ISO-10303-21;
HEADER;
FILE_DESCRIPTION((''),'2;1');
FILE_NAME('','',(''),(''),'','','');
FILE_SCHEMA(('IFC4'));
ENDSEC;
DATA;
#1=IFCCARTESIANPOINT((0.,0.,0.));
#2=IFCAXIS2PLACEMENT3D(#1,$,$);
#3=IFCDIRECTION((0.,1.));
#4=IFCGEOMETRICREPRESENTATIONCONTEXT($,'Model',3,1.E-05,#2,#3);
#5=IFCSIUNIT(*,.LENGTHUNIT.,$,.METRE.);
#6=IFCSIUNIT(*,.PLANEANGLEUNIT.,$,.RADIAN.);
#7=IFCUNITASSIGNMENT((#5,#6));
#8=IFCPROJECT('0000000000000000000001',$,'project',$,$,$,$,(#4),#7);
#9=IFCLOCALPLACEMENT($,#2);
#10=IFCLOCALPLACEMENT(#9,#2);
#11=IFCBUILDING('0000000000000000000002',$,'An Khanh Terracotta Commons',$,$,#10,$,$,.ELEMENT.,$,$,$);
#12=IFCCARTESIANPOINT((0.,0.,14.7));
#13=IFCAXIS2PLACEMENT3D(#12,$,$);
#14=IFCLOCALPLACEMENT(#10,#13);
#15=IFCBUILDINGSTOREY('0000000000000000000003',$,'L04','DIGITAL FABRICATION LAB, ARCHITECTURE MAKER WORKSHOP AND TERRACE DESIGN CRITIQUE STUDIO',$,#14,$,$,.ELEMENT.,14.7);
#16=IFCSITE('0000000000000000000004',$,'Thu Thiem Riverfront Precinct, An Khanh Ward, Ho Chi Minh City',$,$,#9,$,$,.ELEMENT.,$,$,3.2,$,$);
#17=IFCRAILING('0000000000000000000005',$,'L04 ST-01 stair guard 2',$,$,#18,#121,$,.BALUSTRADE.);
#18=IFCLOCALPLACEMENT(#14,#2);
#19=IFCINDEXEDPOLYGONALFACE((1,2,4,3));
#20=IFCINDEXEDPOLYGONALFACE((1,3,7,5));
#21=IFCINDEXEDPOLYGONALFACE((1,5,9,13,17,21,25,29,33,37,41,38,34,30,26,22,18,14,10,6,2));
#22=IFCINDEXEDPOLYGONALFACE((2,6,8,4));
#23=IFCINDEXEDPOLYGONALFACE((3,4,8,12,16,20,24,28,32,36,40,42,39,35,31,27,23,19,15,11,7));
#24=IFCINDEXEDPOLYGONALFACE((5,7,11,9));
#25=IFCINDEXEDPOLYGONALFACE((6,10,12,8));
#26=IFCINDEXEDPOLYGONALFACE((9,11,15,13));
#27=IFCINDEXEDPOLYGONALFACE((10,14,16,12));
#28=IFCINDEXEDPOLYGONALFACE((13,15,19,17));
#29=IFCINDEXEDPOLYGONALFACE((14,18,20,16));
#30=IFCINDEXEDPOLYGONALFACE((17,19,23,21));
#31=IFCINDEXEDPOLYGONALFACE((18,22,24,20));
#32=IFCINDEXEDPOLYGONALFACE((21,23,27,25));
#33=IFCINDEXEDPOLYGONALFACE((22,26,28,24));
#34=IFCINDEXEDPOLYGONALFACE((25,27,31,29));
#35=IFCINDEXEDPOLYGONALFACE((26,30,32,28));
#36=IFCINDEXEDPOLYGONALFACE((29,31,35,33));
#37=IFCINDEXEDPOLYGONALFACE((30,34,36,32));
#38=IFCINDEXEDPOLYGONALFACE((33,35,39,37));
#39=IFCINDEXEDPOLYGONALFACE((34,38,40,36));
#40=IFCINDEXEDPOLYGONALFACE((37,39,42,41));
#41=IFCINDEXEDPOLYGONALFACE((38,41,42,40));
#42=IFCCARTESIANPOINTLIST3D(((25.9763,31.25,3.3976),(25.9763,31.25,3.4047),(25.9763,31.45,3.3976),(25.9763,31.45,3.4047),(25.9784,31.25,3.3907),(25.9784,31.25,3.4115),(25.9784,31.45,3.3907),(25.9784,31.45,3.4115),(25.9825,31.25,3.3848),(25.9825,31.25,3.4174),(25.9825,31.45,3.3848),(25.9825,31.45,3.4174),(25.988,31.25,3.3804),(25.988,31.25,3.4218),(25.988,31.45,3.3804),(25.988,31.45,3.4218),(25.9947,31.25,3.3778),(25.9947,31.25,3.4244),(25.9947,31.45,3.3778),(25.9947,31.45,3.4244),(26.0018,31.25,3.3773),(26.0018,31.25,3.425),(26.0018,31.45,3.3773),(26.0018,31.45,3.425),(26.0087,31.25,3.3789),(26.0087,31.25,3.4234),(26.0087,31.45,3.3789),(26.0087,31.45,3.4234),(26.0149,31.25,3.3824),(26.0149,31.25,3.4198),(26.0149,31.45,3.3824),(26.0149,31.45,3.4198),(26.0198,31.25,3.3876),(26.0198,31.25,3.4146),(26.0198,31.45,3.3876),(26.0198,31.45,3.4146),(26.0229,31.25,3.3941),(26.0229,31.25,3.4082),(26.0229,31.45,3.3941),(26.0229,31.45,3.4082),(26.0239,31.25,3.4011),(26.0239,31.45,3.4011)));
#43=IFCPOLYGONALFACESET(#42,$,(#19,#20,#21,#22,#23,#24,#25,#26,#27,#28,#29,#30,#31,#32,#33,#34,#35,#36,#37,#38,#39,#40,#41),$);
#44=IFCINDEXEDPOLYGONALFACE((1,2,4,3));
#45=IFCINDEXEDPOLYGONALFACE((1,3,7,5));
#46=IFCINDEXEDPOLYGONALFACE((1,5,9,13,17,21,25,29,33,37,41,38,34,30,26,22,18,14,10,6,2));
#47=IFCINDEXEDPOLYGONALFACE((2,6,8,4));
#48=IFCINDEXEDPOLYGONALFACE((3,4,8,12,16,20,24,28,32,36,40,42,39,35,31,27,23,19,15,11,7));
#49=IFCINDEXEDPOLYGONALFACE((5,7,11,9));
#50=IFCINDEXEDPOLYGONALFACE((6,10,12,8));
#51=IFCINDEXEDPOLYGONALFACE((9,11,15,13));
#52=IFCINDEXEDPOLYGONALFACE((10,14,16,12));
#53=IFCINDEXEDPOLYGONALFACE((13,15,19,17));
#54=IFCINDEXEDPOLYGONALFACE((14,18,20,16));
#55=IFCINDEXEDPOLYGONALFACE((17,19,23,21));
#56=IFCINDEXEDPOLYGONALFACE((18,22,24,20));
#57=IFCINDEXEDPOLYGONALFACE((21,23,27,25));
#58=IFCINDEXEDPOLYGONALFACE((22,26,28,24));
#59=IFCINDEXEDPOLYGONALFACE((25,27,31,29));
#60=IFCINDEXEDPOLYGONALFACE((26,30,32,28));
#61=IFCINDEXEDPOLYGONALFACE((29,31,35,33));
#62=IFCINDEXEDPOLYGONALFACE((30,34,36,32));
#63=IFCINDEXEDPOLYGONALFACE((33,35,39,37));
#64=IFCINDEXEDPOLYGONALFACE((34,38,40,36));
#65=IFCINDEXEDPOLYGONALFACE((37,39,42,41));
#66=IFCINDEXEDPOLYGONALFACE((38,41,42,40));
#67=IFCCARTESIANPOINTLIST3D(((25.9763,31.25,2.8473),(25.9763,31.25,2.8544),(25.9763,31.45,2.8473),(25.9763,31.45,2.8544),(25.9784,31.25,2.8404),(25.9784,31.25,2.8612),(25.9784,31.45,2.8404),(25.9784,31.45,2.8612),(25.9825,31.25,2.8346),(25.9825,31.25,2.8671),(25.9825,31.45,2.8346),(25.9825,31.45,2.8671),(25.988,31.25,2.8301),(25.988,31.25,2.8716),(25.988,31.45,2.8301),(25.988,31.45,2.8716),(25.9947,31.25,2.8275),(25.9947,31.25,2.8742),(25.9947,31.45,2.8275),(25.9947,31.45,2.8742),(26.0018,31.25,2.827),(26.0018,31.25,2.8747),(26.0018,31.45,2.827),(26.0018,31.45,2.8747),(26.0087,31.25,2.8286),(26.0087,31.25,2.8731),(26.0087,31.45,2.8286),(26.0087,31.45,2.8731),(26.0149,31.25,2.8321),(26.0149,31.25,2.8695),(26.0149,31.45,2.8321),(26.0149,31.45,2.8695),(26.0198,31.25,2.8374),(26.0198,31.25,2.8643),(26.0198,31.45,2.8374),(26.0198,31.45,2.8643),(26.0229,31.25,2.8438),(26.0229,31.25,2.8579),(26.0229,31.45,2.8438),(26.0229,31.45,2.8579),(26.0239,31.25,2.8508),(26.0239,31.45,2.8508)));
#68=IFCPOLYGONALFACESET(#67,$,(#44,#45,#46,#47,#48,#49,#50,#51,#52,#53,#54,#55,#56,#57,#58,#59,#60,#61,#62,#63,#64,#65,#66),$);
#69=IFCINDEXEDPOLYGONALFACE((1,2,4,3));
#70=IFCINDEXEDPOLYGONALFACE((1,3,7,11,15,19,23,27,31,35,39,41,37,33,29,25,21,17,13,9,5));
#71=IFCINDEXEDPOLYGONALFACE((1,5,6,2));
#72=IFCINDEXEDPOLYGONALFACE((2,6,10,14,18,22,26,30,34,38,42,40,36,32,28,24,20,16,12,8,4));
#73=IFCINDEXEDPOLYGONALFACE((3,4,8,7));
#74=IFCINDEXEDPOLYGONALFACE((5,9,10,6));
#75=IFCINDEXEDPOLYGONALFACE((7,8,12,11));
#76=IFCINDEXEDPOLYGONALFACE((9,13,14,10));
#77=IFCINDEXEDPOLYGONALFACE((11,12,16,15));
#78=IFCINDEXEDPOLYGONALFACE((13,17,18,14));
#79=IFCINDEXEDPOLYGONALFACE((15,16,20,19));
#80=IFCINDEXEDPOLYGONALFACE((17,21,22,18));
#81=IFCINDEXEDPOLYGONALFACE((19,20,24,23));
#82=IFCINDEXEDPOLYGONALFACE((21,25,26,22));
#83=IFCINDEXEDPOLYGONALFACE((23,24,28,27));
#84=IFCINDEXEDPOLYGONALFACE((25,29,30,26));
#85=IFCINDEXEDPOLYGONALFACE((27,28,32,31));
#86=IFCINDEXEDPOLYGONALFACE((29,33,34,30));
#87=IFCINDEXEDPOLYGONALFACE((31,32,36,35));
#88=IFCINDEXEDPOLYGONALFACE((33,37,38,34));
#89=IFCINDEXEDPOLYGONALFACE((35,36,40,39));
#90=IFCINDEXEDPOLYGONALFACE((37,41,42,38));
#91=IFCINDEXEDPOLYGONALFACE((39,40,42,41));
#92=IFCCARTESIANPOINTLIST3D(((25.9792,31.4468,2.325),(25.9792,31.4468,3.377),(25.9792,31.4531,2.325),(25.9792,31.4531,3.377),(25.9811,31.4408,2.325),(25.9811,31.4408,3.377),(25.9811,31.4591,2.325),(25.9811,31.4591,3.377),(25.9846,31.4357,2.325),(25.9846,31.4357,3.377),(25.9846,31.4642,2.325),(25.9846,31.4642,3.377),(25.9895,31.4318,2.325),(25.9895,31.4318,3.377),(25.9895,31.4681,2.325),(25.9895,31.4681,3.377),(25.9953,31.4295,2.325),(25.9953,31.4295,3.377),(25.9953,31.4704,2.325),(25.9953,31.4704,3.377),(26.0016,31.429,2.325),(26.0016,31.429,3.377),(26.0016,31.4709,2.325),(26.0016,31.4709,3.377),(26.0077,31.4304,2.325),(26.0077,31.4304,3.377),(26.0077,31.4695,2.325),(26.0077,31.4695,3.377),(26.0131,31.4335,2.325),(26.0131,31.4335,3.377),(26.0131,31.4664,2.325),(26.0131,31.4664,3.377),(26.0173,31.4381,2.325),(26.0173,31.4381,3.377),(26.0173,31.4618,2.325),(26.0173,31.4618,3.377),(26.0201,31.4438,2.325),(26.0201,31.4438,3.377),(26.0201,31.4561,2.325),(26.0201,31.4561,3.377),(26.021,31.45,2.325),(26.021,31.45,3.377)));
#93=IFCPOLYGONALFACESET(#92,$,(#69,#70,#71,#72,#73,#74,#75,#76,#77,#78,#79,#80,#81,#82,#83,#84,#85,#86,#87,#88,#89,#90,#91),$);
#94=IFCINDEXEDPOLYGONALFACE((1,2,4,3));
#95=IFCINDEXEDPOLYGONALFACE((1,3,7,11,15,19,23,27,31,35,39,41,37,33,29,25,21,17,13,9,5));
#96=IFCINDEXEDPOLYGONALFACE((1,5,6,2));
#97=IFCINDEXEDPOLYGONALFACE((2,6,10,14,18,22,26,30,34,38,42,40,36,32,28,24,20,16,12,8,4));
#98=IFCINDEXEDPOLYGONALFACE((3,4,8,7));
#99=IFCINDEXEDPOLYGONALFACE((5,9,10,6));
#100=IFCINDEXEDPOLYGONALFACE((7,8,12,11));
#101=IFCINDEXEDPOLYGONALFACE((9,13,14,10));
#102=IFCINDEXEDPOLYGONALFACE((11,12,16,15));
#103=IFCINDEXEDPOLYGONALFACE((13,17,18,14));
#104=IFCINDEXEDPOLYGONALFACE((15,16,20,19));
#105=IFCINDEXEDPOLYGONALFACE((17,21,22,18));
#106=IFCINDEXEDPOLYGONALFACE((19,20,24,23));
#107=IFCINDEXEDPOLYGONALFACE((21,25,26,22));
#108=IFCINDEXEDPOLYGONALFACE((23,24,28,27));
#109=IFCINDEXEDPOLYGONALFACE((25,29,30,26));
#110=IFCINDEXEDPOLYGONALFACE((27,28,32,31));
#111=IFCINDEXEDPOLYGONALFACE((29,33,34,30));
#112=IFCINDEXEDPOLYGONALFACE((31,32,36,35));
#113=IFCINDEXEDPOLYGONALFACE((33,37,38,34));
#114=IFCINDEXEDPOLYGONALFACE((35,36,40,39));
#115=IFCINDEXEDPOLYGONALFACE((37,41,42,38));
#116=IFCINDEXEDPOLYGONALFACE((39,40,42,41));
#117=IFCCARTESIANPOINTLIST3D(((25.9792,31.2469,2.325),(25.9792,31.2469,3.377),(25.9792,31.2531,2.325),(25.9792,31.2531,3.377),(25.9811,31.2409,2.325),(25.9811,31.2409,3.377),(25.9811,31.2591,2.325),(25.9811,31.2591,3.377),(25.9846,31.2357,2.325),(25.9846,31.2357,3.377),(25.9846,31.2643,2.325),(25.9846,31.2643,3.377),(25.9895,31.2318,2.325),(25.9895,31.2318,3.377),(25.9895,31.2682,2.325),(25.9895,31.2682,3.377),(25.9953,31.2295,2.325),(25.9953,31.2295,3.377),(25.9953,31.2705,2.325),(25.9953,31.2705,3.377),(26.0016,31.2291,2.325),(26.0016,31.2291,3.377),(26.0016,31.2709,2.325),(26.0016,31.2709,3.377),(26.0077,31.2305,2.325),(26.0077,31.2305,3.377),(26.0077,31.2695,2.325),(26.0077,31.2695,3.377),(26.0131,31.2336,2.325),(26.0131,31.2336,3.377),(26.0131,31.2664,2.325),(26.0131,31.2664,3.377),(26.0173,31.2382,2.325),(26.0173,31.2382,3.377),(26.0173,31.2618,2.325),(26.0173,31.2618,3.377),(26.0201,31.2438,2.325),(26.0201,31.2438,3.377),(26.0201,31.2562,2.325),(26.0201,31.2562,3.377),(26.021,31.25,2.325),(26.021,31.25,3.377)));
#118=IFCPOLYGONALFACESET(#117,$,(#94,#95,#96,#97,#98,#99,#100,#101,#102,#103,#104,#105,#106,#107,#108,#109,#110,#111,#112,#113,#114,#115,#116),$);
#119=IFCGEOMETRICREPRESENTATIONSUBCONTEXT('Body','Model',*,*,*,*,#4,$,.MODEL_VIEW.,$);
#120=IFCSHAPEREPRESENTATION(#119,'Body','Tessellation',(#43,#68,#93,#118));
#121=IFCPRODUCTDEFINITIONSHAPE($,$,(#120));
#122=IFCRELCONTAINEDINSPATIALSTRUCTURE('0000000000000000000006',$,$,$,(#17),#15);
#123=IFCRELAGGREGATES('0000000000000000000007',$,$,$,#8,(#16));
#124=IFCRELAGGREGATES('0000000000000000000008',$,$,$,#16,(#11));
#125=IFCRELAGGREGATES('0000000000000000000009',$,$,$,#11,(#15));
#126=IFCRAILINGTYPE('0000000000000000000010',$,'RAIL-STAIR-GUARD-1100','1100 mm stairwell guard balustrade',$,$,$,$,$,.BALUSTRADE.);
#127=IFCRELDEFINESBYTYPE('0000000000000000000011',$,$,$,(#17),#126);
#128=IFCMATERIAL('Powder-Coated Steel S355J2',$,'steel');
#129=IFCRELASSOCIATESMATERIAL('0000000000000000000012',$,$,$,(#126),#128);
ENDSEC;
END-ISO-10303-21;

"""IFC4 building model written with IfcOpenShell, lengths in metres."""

from ifc_helpers import new_model, si_unit, direction, frame, origin, origin_2d, place, context, subcontext, project, spatial, circle, extrude, material, type_object, element, save


model = new_model("IFC4")

# Units and contexts
model_context = context("Model", 3, precision=1e-05, world=origin(), true_north=direction((0.0, 1.0)))
body_context = subcontext(model_context, "Body", "Model", "MODEL_VIEW")
ifc_project = project(units=[si_unit("LENGTHUNIT", "METRE"), si_unit("PLANEANGLEUNIT", "RADIAN")], contexts=[model_context])

# Site, building, storey
site_placement = place(None, origin())
site = spatial("IfcSite", under=ifc_project, at=site_placement, Name="Thu Thiem Riverfront Precinct, An Khanh Ward, Ho Chi Minh City", CompositionType="ELEMENT", RefElevation=3.2)
building_placement = place(site_placement, origin())
building = spatial("IfcBuilding", under=site, at=building_placement, Name="An Khanh Terracotta Commons", CompositionType="ELEMENT")
storey_placement = place(building_placement, frame((0.0, 0.0, 14.7)))
storey = spatial("IfcBuildingStorey", under=building, at=storey_placement, Name="L04", Description="DIGITAL FABRICATION LAB, ARCHITECTURE MAKER WORKSHOP AND TERRACE DESIGN CRITIQUE STUDIO", CompositionType="ELEMENT", Elevation=14.7)

# Railing
ifc_material_1 = material(Name="Powder-Coated Steel S355J2", Category="steel")
railing_type_1 = type_object("IfcRailingType", Name="RAIL-STAIR-GUARD-1100", Description="1100 mm stairwell guard balustrade", PredefinedType="BALUSTRADE", material=ifc_material_1)
railing_1_placement = place(storey_placement, frame((26.0, 31.45, 2.325)))
element("IfcRailing", 1, at=railing_1_placement, inside=storey, type_object=railing_type_1, Name="L04 ST-01 stair guard 2", PredefinedType="BALUSTRADE", context=body_context, shape_type="SweptSolid", body=[
    extrude(circle(Radius=0.0239, at=origin_2d()), frame((0.0, 0.0, 1.0762), z_axis=(0.0, -1.0, 0.0), x_axis=(1.0, 0.0, 0.0)), (0.0, 0.0, 1.0), 0.2),
    extrude(circle(Radius=0.0239, at=origin_2d()), frame((0.0, 0.0, 0.5259), z_axis=(0.0, -1.0, 0.0), x_axis=(1.0, 0.0, 0.0)), (0.0, 0.0, 1.0), 0.2),
    extrude(circle(Radius=0.021, at=origin_2d()), origin(), (0.0, 0.0, 1.0), 1.052),
    extrude(circle(Radius=0.021, at=origin_2d()), frame((0.0, -0.2, 0.0)), (0.0, 0.0, 1.0), 1.052),
])

save(model, "model.ifc")
